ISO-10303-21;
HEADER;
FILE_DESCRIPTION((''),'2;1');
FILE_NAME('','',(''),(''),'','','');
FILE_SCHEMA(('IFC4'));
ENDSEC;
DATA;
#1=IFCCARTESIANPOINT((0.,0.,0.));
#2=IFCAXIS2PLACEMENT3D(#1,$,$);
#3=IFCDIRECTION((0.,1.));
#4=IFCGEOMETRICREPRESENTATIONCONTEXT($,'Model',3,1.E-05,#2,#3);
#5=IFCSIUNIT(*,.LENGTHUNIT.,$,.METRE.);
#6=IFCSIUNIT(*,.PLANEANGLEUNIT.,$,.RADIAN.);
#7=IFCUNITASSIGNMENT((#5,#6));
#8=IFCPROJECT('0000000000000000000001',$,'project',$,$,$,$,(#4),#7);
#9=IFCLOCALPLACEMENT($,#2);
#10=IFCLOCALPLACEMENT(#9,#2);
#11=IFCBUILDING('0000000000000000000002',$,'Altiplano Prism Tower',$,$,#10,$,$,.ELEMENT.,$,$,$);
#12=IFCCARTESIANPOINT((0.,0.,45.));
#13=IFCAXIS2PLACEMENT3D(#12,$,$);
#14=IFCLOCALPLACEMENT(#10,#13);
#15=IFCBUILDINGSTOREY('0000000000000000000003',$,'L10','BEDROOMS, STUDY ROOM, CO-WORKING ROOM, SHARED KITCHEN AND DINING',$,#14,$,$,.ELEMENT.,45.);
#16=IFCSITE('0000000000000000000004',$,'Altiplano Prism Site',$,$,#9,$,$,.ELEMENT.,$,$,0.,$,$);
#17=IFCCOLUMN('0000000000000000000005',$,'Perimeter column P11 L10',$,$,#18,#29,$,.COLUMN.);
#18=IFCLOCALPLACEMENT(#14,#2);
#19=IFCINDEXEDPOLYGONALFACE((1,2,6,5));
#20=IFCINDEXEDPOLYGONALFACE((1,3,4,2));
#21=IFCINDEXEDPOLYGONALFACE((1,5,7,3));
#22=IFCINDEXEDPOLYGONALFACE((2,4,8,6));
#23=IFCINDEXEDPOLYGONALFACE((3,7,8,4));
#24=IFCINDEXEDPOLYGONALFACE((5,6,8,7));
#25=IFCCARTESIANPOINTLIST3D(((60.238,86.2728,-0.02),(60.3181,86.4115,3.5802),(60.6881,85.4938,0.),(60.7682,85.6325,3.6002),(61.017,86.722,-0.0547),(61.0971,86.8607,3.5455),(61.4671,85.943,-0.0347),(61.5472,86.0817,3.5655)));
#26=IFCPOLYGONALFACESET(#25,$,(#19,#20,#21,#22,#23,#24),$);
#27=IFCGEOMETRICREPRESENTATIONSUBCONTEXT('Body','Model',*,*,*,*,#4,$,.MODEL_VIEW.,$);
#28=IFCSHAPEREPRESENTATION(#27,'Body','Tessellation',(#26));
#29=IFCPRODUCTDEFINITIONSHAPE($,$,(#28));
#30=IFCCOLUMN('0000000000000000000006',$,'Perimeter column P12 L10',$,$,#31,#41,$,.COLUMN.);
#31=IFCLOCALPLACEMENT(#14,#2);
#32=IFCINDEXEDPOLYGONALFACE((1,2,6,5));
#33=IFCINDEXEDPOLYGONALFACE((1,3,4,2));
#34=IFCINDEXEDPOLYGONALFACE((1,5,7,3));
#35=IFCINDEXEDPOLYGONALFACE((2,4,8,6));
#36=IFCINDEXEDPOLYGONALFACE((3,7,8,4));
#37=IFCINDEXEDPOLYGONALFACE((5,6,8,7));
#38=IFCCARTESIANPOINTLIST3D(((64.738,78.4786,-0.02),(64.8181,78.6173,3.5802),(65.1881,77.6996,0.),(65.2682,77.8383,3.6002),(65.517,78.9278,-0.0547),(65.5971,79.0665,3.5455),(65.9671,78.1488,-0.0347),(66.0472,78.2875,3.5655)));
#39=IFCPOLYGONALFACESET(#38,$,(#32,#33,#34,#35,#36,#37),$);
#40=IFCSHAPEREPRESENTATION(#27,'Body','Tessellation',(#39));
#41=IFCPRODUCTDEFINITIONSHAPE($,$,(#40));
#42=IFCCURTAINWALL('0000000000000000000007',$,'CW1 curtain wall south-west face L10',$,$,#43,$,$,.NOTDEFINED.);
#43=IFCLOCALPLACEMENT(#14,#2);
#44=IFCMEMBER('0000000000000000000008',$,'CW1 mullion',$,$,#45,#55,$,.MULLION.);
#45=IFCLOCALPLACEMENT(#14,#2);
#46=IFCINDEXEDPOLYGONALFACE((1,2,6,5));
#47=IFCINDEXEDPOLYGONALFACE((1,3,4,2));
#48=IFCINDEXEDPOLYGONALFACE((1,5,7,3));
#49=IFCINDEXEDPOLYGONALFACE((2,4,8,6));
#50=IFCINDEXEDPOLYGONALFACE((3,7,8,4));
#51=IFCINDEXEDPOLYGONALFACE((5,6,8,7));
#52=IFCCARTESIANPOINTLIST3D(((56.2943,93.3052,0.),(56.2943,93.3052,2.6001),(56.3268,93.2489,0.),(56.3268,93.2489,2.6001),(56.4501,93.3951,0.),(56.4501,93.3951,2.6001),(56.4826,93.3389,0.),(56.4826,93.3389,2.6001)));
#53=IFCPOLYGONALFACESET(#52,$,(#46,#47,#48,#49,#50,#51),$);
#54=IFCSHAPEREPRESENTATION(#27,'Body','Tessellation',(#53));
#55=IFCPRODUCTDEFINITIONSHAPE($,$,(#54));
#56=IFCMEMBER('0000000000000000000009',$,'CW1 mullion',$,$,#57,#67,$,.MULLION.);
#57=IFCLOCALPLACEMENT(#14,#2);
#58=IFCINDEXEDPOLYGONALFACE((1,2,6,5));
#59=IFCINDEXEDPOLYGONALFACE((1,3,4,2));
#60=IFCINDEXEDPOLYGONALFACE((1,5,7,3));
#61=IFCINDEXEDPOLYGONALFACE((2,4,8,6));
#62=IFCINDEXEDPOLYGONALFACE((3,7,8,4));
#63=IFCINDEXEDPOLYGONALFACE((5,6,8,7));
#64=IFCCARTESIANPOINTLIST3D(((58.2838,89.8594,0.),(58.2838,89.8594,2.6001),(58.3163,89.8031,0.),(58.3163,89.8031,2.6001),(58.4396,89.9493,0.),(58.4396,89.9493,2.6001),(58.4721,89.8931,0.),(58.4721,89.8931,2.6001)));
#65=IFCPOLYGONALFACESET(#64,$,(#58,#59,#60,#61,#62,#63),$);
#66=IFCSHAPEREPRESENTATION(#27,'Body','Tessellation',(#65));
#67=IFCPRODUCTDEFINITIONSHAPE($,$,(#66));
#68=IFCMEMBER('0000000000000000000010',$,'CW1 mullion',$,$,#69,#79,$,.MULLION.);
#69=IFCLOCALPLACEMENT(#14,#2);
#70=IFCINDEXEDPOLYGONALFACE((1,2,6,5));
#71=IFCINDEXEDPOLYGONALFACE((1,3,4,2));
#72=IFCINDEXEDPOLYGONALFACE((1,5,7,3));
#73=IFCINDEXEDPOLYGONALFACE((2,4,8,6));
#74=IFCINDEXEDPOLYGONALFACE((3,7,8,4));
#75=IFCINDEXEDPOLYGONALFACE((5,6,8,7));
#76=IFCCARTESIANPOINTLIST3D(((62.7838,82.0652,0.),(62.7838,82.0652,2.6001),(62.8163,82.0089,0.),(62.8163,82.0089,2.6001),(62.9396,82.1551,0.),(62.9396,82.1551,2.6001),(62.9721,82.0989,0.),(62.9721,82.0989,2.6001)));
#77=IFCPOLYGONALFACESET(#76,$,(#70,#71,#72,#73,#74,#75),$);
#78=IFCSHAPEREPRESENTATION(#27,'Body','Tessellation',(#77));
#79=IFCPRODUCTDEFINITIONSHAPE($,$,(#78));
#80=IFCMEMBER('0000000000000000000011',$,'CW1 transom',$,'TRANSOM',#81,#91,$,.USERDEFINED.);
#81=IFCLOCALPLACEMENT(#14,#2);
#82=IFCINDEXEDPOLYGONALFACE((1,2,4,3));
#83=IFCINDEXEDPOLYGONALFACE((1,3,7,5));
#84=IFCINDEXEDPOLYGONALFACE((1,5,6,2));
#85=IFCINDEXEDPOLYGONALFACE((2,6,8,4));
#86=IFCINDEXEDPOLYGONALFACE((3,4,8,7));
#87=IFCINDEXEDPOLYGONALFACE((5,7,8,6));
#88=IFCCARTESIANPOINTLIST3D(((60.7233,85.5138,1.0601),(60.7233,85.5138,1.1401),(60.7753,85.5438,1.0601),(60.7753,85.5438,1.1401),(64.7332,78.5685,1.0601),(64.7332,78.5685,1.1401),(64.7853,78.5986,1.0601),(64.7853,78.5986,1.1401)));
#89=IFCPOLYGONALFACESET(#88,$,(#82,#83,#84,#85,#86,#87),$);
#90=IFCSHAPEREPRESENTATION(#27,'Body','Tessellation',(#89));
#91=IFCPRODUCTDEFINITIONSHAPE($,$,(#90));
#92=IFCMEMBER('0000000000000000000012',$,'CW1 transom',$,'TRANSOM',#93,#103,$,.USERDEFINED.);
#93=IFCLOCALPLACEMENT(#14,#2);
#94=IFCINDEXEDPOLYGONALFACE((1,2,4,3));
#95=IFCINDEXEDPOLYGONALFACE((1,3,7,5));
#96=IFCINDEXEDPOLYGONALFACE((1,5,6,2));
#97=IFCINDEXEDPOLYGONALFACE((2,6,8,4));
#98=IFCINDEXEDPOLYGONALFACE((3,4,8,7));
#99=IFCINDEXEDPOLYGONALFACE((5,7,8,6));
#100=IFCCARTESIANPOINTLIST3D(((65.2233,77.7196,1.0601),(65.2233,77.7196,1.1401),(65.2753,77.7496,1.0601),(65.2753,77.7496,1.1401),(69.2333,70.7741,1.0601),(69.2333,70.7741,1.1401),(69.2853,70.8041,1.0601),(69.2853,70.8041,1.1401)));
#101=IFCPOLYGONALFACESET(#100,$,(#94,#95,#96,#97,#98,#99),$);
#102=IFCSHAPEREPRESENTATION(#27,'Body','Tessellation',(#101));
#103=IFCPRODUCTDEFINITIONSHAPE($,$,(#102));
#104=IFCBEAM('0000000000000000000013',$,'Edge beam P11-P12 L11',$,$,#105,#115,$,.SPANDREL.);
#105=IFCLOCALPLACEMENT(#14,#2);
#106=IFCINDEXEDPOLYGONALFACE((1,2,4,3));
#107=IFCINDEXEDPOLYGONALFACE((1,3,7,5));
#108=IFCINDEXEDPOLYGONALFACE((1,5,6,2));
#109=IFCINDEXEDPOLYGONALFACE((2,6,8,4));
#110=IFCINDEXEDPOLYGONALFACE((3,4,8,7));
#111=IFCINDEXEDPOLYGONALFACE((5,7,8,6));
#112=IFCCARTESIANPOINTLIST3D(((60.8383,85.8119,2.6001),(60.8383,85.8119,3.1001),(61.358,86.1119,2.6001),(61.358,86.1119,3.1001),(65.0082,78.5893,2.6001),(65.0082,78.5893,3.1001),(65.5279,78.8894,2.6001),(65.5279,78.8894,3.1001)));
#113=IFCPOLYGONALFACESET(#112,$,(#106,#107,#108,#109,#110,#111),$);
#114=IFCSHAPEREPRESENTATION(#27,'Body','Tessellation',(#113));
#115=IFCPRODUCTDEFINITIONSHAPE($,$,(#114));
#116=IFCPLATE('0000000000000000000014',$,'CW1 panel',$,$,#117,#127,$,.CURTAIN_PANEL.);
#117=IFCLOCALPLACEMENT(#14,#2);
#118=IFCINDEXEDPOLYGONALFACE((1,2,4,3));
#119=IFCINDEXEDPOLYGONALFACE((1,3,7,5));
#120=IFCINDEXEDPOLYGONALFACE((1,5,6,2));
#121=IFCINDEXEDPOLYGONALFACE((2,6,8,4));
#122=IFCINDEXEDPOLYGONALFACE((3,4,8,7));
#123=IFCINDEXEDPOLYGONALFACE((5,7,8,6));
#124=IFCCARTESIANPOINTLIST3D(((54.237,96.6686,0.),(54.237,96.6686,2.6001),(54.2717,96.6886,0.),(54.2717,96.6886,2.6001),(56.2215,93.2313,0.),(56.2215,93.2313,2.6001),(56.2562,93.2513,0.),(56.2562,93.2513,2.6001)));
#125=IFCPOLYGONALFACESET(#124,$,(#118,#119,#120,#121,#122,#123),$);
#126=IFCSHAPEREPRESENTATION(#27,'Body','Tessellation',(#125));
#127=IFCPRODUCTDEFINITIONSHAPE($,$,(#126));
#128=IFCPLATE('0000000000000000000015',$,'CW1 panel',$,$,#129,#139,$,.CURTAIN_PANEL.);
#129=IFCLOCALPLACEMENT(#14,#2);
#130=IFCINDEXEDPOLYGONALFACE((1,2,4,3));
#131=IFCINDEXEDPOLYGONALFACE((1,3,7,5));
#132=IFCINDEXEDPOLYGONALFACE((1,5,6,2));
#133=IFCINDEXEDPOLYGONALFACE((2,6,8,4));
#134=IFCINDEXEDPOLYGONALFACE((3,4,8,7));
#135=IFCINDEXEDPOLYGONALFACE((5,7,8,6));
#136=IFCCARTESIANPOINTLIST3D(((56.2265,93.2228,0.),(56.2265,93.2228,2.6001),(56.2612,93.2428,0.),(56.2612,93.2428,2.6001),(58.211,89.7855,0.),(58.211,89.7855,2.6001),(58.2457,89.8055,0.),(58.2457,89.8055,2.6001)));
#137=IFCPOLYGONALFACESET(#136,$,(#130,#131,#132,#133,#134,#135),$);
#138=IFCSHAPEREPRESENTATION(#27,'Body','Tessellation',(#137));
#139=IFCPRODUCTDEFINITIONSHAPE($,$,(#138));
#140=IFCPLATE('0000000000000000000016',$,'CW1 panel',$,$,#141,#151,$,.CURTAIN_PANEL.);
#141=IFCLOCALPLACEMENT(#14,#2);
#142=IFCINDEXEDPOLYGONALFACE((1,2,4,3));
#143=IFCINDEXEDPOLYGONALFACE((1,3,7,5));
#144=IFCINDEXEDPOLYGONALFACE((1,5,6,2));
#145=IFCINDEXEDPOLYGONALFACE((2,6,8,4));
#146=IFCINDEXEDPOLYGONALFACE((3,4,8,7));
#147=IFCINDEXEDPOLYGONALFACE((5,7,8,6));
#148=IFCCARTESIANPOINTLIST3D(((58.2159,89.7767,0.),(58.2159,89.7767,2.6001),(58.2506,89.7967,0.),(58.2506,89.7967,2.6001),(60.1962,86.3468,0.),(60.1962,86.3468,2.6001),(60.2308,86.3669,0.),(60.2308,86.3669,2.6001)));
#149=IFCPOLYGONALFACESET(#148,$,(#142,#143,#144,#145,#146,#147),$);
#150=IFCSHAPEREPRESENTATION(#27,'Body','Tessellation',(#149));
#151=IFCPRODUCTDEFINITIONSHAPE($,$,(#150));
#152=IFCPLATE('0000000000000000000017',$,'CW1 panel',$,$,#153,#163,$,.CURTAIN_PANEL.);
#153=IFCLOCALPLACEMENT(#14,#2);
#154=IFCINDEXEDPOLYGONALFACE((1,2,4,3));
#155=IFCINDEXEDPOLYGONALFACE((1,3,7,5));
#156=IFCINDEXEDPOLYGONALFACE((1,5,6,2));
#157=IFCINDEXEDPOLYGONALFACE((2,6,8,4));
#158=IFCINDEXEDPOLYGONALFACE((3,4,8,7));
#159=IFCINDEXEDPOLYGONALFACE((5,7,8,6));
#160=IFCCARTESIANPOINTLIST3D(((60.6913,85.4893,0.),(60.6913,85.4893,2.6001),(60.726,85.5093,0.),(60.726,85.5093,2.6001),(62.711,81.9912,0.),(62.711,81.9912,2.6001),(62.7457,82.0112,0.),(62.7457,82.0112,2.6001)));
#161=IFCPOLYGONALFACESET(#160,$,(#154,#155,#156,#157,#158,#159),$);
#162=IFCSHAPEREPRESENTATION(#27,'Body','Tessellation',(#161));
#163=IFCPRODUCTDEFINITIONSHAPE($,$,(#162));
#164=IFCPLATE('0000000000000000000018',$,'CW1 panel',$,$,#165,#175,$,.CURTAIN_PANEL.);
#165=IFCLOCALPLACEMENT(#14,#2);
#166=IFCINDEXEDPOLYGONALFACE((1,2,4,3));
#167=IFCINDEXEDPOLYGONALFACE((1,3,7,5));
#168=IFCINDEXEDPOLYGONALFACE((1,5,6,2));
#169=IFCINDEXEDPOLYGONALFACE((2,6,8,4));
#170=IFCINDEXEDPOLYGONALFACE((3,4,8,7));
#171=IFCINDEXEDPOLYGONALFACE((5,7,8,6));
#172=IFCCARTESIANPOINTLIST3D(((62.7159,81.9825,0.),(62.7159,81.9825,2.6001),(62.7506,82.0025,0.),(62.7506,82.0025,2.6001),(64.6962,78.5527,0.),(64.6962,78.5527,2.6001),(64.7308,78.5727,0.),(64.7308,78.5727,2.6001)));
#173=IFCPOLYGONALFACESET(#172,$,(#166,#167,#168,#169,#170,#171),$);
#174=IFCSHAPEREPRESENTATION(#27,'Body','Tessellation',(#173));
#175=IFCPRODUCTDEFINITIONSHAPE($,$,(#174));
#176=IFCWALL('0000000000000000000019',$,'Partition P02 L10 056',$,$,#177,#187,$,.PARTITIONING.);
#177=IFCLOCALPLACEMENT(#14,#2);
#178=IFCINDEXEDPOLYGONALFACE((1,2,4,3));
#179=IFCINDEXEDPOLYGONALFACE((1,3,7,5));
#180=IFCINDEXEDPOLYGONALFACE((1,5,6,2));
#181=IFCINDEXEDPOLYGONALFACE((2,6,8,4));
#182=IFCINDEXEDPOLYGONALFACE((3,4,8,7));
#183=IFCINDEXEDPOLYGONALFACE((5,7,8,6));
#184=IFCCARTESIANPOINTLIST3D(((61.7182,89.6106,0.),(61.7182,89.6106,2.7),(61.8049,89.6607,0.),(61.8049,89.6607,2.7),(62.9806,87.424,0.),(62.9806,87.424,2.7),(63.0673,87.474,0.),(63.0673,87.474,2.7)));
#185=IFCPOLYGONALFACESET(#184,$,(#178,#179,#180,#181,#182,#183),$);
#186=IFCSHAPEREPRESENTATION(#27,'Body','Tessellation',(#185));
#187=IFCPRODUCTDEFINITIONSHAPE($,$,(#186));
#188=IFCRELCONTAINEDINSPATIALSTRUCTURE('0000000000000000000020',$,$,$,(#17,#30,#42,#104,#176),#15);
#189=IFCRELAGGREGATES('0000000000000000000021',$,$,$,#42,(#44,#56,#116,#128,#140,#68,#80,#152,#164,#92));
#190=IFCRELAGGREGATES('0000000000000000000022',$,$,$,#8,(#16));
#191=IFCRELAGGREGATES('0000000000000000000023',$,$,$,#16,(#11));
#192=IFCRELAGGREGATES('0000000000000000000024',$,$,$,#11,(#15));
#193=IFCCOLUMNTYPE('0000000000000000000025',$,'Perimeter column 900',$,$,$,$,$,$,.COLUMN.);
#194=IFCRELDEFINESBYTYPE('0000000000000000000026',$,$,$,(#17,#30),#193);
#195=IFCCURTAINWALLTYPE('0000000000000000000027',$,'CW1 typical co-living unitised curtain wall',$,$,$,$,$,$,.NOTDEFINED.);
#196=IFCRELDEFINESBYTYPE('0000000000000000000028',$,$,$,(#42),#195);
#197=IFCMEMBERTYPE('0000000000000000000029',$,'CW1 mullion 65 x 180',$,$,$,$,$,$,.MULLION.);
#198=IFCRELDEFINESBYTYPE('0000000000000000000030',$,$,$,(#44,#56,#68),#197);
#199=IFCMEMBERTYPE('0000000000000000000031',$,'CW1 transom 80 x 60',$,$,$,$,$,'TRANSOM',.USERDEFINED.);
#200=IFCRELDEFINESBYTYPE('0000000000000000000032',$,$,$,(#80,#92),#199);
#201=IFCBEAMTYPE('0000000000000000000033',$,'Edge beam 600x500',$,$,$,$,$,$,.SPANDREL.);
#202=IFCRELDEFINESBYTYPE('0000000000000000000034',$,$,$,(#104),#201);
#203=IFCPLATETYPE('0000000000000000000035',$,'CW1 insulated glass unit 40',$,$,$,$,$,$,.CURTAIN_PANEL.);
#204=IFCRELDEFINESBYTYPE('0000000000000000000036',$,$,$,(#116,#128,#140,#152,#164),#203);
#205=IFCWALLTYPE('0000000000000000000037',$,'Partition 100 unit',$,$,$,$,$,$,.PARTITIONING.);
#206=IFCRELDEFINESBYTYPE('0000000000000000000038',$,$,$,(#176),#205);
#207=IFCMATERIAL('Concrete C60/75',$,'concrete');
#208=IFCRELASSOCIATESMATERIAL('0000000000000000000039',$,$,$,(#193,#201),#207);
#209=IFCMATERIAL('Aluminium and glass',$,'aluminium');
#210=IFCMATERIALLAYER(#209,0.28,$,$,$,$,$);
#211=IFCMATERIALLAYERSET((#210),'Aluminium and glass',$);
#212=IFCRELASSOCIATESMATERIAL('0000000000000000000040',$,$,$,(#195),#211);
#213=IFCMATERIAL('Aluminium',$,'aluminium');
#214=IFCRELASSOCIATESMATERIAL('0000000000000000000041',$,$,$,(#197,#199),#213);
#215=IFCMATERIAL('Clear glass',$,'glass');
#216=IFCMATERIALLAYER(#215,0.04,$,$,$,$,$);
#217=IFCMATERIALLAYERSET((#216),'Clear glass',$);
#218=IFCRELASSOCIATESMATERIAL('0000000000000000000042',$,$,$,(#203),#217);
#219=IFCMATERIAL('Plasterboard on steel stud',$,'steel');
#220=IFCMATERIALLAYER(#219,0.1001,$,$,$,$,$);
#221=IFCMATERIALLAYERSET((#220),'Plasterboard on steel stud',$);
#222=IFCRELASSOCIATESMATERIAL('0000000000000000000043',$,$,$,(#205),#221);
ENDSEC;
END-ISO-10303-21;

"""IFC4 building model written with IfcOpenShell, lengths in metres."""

from ifc_helpers import new_model, si_unit, direction, frame, frame_2d, origin, origin_2d, place, context, subcontext, project, spatial, rectangle, extrude, material, layer, layer_set, material_profile, profile_set, type_object, element, aggregate, save


model = new_model("IFC4")

# Units and contexts
model_context = context("Model", 3, precision=1e-05, world=origin(), true_north=direction((0.0, 1.0)))
body_context = subcontext(model_context, "Body", "Model", "MODEL_VIEW")
ifc_project = project(units=[si_unit("LENGTHUNIT", "METRE"), si_unit("PLANEANGLEUNIT", "RADIAN")], contexts=[model_context])

# Site, building, storey
site_placement = place(None, origin())
site = spatial("IfcSite", under=ifc_project, at=site_placement, Name="Altiplano Prism Site", CompositionType="ELEMENT", RefElevation=0.0)
building_placement = place(site_placement, origin())
building = spatial("IfcBuilding", under=site, at=building_placement, Name="Altiplano Prism Tower", CompositionType="ELEMENT")
storey_placement = place(building_placement, frame((0.0, 0.0, 45.0)))
storey = spatial("IfcBuildingStorey", under=building, at=storey_placement, Name="L10", Description="BEDROOMS, STUDY ROOM, CO-WORKING ROOM, SHARED KITCHEN AND DINING", CompositionType="ELEMENT", Elevation=45.0)

# Columns
ifc_material_1 = material(Name="Concrete C60/75", Category="concrete")
ifc_material_profile_1 = material_profile(ifc_material_1, rectangle(XDim=0.8999, YDim=0.8999, at=origin_2d()), Name="Perimeter column 900")
ifc_profile_set_1 = profile_set([ifc_material_profile_1], Name="Concrete C60/75")
column_type = type_object("IfcColumnType", Name="Perimeter column 900", PredefinedType="COLUMN", material=ifc_profile_set_1)
for number, where, z_axis, x_axis, name in (
    (1, (60.8525, 86.1079, -0.0273), (0.022221, 0.038481, 0.999012), (-0.865638, -0.499189, 0.038483), "Perimeter column P11 L10"),
    (2, (65.3525, 78.3137, -0.0273), (0.022221, 0.038481, 0.999012), (-0.865637, -0.499191, 0.038483), "Perimeter column P12 L10"),
):
    element("IfcColumn", number, at=place(storey_placement, frame(where, z_axis=z_axis, x_axis=x_axis)), inside=storey, type_object=column_type, Name=name, PredefinedType="COLUMN", context=body_context, shape_type="SweptSolid", body=[
        extrude(rectangle(XDim=0.8999, YDim=0.8999, at=origin_2d()), origin(), (0.0, 0.0, 1.0), 3.6038),
    ])

# Curtain wall, members
ifc_material_2 = material(Name="Aluminium and glass", Category="aluminium")
ifc_layer_1 = layer(ifc_material_2, 0.28)
ifc_layer_set_1 = layer_set([ifc_layer_1], Name="Aluminium and glass")
curtain_wall_type = type_object("IfcCurtainWallType", Name="CW1 typical co-living unitised curtain wall", PredefinedType="NOTDEFINED", material=ifc_layer_set_1)
curtain_wall_placement = place(storey_placement, origin())
curtain_wall = element("IfcCurtainWall", 3, at=curtain_wall_placement, inside=storey, type_object=curtain_wall_type, Name="CW1 curtain wall south-west face L10", PredefinedType="NOTDEFINED")
ifc_material_3 = material(Name="Aluminium", Category="aluminium")
ifc_material_profile_2 = material_profile(ifc_material_3, rectangle(XDim=0.1799, YDim=0.0649, at=origin_2d()), Name="CW1 mullion 65 x 180")
ifc_profile_set_2 = profile_set([ifc_material_profile_2], Name="Aluminium")
member_type_1 = type_object("IfcMemberType", Name="CW1 mullion 65 x 180", PredefinedType="MULLION", material=ifc_profile_set_2)
member_1_placement = place(storey_placement, frame((56.3884, 93.322, 0.0), z_axis=(0.0, 0.0, 1.0), x_axis=(0.866025, 0.5, 0.0)))
member_1 = element("IfcMember", 4, at=member_1_placement, type_object=member_type_1, Name="CW1 mullion", PredefinedType="MULLION", context=body_context, shape_type="SweptSolid", body=[
    extrude(rectangle(XDim=0.1799, YDim=0.0649, at=origin_2d()), origin(), (0.0, 0.0, 1.0), 2.6001),
])
member_2_placement = place(storey_placement, frame((58.3779, 89.8762, 0.0), z_axis=(0.0, 0.0, 1.0), x_axis=(0.866025, 0.5, 0.0)))
member_2 = element("IfcMember", 5, at=member_2_placement, type_object=member_type_1, Name="CW1 mullion", PredefinedType="MULLION", context=body_context, shape_type="SweptSolid", body=[
    extrude(rectangle(XDim=0.1799, YDim=0.0649, at=origin_2d()), origin(), (0.0, 0.0, 1.0), 2.6001),
])
member_3_placement = place(storey_placement, frame((62.8779, 82.082, 0.0), z_axis=(0.0, 0.0, 1.0), x_axis=(0.866025, 0.5, 0.0)))
member_3 = element("IfcMember", 6, at=member_3_placement, type_object=member_type_1, Name="CW1 mullion", PredefinedType="MULLION", context=body_context, shape_type="SweptSolid", body=[
    extrude(rectangle(XDim=0.1799, YDim=0.0649, at=origin_2d()), origin(), (0.0, 0.0, 1.0), 2.6001),
])
ifc_material_profile_3 = material_profile(ifc_material_3, rectangle(XDim=0.0601, YDim=0.0801, at=origin_2d()), Name="CW1 transom 80 x 60")
ifc_profile_set_3 = profile_set([ifc_material_profile_3], Name="Aluminium")
member_type_2 = type_object("IfcMemberType", Name="CW1 transom 80 x 60", ElementType="TRANSOM", PredefinedType="USERDEFINED", material=ifc_profile_set_3)
member_4_placement = place(storey_placement, frame((60.7493, 85.5288, 1.1001), z_axis=(0.500012, -0.866018, 0.0), x_axis=(0.866018, 0.500012, 0.0)))
member_4 = element("IfcMember", 7, at=member_4_placement, type_object=member_type_2, Name="CW1 transom", ObjectType="TRANSOM", PredefinedType="USERDEFINED", context=body_context, shape_type="SweptSolid", body=[
    extrude(rectangle(XDim=0.0601, YDim=0.0801, at=origin_2d()), origin(), (0.0, 0.0, 1.0), 8.0198),
])
member_5_placement = place(storey_placement, frame((65.2493, 77.7346, 1.1001), z_axis=(0.499999, -0.866026, 0.0), x_axis=(0.866026, 0.499999, 0.0)))
member_5 = element("IfcMember", 8, at=member_5_placement, type_object=member_type_2, Name="CW1 transom", ObjectType="TRANSOM", PredefinedType="USERDEFINED", context=body_context, shape_type="SweptSolid", body=[
    extrude(rectangle(XDim=0.0601, YDim=0.0801, at=origin_2d()), origin(), (0.0, 0.0, 1.0), 8.02),
])

# Beam
ifc_material_profile_4 = material_profile(ifc_material_1, rectangle(XDim=0.6001, YDim=0.5, at=origin_2d()), Name="Edge beam 600x500")
ifc_profile_set_4 = profile_set([ifc_material_profile_4], Name="Concrete C60/75")
beam_type = type_object("IfcBeamType", Name="Edge beam 600x500", PredefinedType="SPANDREL", material=ifc_profile_set_4)
beam_placement = place(storey_placement, frame((61.0981, 85.9619, 2.8501), z_axis=(0.499993, -0.86603, 0.0), x_axis=(0.86603, 0.499993, 0.0)))
element("IfcBeam", 9, at=beam_placement, inside=storey, type_object=beam_type, Name="Edge beam P11-P12 L11", PredefinedType="SPANDREL", context=body_context, shape_type="SweptSolid", body=[
    extrude(rectangle(XDim=0.6001, YDim=0.5, at=origin_2d()), origin(), (0.0, 0.0, 1.0), 8.3398),
])

# Plates
ifc_material_4 = material(Name="Clear glass", Category="glass")
ifc_layer_2 = layer(ifc_material_4, 0.04)
ifc_layer_set_2 = layer_set([ifc_layer_2], Name="Clear glass")
plate_type = type_object("IfcPlateType", Name="CW1 insulated glass unit 40", PredefinedType="CURTAIN_PANEL", material=ifc_layer_set_2)
plate_1_placement = place(storey_placement, frame((55.2466, 94.96, 0.0), z_axis=(0.0, 0.0, 1.0), x_axis=(0.5, -0.866025, 0.0)))
plate_1 = element("IfcPlate", 10, at=plate_1_placement, type_object=plate_type, Name="CW1 panel", PredefinedType="CURTAIN_PANEL", context=body_context, shape_type="SweptSolid", body=[
    extrude(rectangle(XDim=3.969, YDim=0.04, at=origin_2d()), origin(), (0.0, 0.0, 1.0), 2.6001),
])
plate_2_placement = place(storey_placement, frame((57.2361, 91.5142, 0.0), z_axis=(0.0, 0.0, 1.0), x_axis=(0.5, -0.866025, 0.0)))
plate_2 = element("IfcPlate", 11, at=plate_2_placement, type_object=plate_type, Name="CW1 panel", PredefinedType="CURTAIN_PANEL", context=body_context, shape_type="SweptSolid", body=[
    extrude(rectangle(XDim=3.969, YDim=0.04, at=origin_2d()), origin(), (0.0, 0.0, 1.0), 2.6001),
])
plate_3_placement = place(storey_placement, frame((59.2234, 88.0718, 0.0), z_axis=(0.0, 0.0, 1.0), x_axis=(0.5, -0.866025, 0.0)))
plate_3 = element("IfcPlate", 12, at=plate_3_placement, type_object=plate_type, Name="CW1 panel", PredefinedType="CURTAIN_PANEL", context=body_context, shape_type="SweptSolid", body=[
    extrude(rectangle(XDim=3.9604, YDim=0.04, at=origin_2d()), origin(), (0.0, 0.0, 1.0), 2.6001),
])
plate_4_placement = place(storey_placement, frame((61.7185, 83.7502, 0.0), z_axis=(0.0, 0.0, 1.0), x_axis=(0.5, -0.866025, 0.0)))
plate_4 = element("IfcPlate", 13, at=plate_4_placement, type_object=plate_type, Name="CW1 panel", PredefinedType="CURTAIN_PANEL", context=body_context, shape_type="SweptSolid", body=[
    extrude(rectangle(XDim=4.0393, YDim=0.04, at=origin_2d()), origin(), (0.0, 0.0, 1.0), 2.6001),
])
plate_5_placement = place(storey_placement, frame((63.7234, 80.2776, 0.0), z_axis=(0.0, 0.0, 1.0), x_axis=(0.5, -0.866025, 0.0)))
plate_5 = element("IfcPlate", 14, at=plate_5_placement, type_object=plate_type, Name="CW1 panel", PredefinedType="CURTAIN_PANEL", context=body_context, shape_type="SweptSolid", body=[
    extrude(rectangle(XDim=3.9604, YDim=0.04, at=origin_2d()), origin(), (0.0, 0.0, 1.0), 2.6001),
])
aggregate(curtain_wall, [member_1, member_2, plate_1, plate_2, plate_3, member_3, member_4, plate_4, plate_5, member_5])

# Wall
ifc_material_5 = material(Name="Plasterboard on steel stud", Category="steel")
ifc_layer_3 = layer(ifc_material_5, 0.1001)
ifc_layer_set_3 = layer_set([ifc_layer_3], Name="Plasterboard on steel stud")
wall_type_1 = type_object("IfcWallType", Name="Partition 100 unit", PredefinedType="PARTITIONING", material=ifc_layer_set_3)
wall_1_placement = place(storey_placement, frame((63.0239, 87.449, 0.0), z_axis=(0.0, 0.0, 1.0), x_axis=(-0.499976, 0.866039, 0.0)))
element("IfcWall", 15, at=wall_1_placement, inside=storey, type_object=wall_type_1, Name="Partition P02 L10 056", PredefinedType="PARTITIONING", context=body_context, shape_type="SweptSolid", body=[
    extrude(rectangle(XDim=2.5249, YDim=0.1001, at=frame_2d((1.2625, 0.0))), origin(), (0.0, 0.0, 1.0), 2.7),
])

save(model, "model.ifc")
